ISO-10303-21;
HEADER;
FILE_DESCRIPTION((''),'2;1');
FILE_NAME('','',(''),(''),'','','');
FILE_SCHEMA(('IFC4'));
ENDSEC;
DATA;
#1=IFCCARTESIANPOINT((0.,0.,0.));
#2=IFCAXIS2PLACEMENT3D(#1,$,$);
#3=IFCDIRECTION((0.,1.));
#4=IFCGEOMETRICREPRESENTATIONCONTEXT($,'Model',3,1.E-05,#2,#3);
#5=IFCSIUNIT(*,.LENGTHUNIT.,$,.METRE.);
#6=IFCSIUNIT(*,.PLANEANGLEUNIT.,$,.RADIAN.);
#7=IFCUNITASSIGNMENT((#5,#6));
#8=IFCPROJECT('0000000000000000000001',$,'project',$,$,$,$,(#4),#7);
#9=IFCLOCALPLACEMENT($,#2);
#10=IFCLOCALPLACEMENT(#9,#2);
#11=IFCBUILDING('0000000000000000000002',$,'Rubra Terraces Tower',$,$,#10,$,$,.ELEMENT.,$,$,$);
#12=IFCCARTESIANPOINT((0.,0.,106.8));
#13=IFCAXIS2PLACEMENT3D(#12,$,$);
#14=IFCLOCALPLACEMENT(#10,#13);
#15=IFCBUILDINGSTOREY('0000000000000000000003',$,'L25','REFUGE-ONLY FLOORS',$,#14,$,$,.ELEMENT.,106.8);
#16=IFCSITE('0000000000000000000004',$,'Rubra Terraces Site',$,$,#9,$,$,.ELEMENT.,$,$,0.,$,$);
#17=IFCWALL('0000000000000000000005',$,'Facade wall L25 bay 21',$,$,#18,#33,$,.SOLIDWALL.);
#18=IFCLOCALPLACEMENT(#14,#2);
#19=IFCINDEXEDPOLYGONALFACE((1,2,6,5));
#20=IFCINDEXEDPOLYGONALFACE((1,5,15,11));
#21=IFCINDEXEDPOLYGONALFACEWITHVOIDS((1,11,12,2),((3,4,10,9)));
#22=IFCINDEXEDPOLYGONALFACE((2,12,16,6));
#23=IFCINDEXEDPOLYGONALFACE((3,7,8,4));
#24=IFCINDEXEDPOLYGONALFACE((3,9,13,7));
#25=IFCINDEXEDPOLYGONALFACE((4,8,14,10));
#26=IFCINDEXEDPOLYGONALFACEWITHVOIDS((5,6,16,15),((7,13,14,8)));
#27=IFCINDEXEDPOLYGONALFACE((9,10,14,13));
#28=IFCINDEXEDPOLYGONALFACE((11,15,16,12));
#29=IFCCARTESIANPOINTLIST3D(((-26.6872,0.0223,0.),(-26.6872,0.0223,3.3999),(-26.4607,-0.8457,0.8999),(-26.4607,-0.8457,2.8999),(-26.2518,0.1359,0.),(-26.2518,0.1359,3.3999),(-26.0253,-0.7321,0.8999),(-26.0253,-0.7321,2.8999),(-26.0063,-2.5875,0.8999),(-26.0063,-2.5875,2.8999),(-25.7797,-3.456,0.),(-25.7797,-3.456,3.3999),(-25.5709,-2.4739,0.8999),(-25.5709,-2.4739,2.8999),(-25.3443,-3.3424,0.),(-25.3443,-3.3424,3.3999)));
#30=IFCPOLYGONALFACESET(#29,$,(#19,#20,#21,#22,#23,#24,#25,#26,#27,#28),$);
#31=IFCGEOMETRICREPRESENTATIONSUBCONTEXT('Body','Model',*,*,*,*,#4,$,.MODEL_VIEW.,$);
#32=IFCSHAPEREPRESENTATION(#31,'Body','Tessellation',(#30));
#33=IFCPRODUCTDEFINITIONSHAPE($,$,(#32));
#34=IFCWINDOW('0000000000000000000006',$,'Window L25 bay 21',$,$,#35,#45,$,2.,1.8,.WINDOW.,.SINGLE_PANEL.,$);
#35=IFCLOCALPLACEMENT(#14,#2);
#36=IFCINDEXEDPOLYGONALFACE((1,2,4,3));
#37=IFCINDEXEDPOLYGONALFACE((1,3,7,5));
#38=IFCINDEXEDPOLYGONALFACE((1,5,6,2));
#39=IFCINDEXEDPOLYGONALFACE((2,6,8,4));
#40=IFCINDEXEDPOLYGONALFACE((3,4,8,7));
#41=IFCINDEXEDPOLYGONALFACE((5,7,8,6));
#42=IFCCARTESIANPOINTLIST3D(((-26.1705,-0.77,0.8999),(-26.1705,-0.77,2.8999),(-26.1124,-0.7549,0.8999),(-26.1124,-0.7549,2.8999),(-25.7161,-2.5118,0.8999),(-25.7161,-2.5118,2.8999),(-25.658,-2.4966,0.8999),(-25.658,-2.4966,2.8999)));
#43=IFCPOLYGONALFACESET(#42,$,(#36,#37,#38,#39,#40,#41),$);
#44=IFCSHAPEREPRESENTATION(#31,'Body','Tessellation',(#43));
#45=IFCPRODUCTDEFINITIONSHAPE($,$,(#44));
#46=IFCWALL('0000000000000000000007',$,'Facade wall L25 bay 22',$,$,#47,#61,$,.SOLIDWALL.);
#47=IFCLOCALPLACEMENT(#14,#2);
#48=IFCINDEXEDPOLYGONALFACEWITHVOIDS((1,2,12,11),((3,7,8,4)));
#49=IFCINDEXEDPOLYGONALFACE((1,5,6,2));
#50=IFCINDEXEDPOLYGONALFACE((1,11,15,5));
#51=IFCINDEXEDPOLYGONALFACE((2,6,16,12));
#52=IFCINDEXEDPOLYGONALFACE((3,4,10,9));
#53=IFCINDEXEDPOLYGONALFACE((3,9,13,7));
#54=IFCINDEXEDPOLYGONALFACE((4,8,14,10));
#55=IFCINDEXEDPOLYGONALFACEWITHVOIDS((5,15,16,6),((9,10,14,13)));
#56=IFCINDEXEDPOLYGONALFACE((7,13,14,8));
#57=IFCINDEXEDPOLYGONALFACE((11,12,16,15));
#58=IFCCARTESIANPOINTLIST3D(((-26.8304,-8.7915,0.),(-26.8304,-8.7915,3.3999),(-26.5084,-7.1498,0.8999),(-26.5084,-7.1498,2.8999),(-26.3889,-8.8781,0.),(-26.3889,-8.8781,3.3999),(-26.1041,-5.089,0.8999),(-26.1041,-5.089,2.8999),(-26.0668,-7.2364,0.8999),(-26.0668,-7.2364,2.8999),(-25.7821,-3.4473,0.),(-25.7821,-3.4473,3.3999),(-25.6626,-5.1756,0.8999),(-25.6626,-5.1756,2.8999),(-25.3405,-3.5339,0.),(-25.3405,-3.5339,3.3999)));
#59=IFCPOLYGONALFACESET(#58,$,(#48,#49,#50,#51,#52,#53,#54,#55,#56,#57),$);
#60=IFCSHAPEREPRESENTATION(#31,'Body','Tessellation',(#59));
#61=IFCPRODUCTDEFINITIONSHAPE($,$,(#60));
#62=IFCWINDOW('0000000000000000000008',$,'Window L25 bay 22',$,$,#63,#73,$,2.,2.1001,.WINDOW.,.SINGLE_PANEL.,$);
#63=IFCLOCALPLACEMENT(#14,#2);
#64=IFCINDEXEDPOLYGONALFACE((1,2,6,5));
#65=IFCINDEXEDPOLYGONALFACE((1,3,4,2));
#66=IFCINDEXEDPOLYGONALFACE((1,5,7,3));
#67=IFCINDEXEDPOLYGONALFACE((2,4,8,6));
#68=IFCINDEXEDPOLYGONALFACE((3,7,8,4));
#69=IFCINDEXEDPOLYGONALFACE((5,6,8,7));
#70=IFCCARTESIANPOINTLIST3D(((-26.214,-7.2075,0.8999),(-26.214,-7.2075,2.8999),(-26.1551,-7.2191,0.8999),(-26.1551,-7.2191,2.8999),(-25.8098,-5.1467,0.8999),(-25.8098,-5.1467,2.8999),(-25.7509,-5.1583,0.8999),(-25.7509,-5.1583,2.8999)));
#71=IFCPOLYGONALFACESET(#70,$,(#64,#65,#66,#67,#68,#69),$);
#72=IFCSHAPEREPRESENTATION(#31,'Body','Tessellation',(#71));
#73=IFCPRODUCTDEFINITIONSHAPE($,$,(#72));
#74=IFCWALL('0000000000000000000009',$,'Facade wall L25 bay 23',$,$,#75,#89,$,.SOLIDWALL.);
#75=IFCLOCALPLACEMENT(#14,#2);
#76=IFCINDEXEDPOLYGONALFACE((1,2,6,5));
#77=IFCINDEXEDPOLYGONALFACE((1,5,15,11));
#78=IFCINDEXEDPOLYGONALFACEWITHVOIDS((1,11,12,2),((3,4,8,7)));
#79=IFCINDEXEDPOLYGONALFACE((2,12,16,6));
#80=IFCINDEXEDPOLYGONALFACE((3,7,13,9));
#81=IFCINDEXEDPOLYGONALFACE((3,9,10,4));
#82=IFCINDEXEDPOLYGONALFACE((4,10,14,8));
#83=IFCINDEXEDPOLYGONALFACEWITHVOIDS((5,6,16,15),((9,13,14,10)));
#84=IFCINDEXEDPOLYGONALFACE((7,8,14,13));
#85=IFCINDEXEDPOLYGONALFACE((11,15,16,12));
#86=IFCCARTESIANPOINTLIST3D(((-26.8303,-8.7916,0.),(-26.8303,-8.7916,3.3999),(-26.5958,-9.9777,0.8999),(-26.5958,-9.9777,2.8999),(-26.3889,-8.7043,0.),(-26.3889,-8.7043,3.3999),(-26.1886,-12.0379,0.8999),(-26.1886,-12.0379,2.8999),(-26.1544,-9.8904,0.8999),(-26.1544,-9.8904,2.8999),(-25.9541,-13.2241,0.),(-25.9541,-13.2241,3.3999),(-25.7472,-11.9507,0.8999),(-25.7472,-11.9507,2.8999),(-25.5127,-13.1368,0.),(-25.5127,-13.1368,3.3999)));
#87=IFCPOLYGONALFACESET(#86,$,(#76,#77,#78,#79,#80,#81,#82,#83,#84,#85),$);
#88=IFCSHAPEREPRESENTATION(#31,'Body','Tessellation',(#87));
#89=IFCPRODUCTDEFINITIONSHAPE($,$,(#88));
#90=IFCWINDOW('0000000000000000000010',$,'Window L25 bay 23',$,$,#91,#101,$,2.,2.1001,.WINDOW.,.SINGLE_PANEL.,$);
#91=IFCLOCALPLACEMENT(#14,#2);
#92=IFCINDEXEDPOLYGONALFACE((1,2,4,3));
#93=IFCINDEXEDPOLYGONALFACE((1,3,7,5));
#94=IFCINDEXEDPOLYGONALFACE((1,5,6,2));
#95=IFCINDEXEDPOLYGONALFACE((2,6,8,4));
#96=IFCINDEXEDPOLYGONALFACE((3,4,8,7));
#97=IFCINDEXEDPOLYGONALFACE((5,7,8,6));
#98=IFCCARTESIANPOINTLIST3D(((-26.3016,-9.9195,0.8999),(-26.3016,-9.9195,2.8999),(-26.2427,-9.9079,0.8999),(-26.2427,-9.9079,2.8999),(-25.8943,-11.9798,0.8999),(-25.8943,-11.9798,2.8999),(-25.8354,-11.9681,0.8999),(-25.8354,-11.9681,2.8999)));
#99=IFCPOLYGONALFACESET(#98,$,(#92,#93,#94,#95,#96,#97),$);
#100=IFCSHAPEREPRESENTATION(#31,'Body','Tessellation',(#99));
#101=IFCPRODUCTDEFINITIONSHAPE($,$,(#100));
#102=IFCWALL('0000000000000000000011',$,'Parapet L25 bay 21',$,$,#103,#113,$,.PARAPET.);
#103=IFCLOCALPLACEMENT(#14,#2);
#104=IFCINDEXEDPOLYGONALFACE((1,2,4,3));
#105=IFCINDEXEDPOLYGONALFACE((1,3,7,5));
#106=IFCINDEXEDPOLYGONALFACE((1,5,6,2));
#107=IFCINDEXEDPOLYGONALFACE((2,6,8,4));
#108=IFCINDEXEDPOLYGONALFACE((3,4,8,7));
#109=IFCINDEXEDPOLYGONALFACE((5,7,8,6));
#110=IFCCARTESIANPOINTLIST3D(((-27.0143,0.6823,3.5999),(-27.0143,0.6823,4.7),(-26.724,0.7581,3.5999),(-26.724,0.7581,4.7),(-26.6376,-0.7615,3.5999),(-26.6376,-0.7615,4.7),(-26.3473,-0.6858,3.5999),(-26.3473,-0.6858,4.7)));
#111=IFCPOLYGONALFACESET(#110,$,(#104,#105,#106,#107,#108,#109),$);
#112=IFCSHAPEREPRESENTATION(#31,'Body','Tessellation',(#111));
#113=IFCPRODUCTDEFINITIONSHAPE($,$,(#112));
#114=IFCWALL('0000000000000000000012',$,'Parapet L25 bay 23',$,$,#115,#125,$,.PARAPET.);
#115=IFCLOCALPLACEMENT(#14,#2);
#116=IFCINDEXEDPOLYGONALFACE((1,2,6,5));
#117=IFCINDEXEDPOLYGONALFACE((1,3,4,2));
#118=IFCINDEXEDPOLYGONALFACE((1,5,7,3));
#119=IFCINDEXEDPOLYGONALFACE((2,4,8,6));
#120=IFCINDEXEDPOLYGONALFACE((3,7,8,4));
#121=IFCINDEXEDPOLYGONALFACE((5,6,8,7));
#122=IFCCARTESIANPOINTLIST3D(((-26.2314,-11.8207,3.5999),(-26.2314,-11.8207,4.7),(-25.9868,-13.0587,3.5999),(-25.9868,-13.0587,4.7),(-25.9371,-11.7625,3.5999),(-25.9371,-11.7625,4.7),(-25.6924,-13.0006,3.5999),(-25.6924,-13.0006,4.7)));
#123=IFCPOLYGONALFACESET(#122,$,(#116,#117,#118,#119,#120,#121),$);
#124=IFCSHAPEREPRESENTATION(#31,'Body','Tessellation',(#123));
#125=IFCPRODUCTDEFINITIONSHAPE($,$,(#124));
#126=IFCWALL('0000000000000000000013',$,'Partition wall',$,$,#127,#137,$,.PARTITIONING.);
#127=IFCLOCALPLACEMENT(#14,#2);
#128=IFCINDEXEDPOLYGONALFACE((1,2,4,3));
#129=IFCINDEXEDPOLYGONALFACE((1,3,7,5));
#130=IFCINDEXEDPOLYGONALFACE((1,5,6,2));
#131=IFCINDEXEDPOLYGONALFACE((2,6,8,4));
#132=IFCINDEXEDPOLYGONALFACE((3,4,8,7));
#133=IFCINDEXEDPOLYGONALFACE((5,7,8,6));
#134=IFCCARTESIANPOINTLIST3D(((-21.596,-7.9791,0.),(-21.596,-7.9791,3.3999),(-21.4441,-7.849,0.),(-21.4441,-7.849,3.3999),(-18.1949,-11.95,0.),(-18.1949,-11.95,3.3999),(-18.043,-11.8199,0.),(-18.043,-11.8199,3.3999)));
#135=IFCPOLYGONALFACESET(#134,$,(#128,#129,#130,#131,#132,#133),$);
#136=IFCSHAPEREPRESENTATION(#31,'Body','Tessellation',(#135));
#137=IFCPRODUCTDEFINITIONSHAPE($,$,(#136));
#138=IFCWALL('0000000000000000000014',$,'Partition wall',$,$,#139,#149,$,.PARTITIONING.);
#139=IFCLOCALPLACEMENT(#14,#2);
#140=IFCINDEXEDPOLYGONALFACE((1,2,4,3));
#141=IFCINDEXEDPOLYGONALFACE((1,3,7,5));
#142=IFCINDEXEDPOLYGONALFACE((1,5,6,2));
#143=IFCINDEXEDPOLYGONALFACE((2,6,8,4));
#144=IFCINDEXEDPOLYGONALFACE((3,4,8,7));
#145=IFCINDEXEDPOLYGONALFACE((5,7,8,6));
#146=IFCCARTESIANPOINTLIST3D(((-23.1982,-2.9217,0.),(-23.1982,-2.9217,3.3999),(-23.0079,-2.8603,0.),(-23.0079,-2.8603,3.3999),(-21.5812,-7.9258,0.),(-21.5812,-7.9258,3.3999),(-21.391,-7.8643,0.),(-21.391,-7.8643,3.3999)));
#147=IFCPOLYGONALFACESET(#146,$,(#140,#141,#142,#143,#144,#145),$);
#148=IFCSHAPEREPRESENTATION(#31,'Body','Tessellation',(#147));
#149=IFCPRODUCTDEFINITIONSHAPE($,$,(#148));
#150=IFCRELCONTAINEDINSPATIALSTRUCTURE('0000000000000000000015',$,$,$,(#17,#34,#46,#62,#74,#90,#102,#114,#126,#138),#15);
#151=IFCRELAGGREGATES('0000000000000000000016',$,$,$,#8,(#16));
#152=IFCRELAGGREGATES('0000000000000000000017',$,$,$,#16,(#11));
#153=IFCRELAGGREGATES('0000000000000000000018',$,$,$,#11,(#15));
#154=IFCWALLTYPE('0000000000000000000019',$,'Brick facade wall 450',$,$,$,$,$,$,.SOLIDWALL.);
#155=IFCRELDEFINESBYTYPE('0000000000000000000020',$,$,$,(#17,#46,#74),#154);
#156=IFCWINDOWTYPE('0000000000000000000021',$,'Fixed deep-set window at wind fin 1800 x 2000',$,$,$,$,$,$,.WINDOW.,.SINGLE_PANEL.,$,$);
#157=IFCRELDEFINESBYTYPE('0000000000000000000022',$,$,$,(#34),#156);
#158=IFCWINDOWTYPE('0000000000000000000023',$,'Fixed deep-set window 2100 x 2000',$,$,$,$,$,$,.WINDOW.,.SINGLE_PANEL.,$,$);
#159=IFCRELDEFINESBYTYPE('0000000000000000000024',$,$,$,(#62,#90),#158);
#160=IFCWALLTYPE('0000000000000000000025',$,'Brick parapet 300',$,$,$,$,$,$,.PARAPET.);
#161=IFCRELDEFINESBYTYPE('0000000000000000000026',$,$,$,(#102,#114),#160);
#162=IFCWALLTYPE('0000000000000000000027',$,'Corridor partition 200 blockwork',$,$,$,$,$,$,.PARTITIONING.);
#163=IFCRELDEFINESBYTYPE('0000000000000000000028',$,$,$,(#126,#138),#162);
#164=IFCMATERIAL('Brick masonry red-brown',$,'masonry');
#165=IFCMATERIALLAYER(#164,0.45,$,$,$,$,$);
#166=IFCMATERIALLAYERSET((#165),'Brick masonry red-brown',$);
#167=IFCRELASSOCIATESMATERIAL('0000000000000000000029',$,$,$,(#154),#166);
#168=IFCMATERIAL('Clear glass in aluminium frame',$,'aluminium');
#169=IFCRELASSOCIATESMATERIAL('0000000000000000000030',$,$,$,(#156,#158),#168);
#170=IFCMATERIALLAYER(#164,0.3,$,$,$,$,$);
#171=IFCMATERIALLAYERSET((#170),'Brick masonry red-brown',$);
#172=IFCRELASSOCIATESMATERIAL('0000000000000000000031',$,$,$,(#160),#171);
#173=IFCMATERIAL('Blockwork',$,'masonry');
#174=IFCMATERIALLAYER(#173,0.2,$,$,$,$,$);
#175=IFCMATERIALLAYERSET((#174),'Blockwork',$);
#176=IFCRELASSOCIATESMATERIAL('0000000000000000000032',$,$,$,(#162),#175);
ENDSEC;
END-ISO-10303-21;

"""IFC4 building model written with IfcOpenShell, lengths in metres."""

from ifc_helpers import new_model, si_unit, direction, frame, frame_2d, origin, place, context, subcontext, project, spatial, rectangle, extrude, material, layer, layer_set, type_object, element, fill, save


model = new_model("IFC4")

# Units and contexts
model_context = context("Model", 3, precision=1e-05, world=origin(), true_north=direction((0.0, 1.0)))
body_context = subcontext(model_context, "Body", "Model", "MODEL_VIEW")
ifc_project = project(units=[si_unit("LENGTHUNIT", "METRE"), si_unit("PLANEANGLEUNIT", "RADIAN")], contexts=[model_context])

# Site, building, storey
site_placement = place(None, origin())
site = spatial("IfcSite", under=ifc_project, at=site_placement, Name="Rubra Terraces Site", CompositionType="ELEMENT", RefElevation=0.0)
building_placement = place(site_placement, origin())
building = spatial("IfcBuilding", under=site, at=building_placement, Name="Rubra Terraces Tower", CompositionType="ELEMENT")
storey_placement = place(building_placement, frame((0.0, 0.0, 106.8)))
storey = spatial("IfcBuildingStorey", under=building, at=storey_placement, Name="L25", Description="REFUGE-ONLY FLOORS", CompositionType="ELEMENT", Elevation=106.8)

# Walls, openings, windows
ifc_material_1 = material(Name="Brick masonry red-brown", Category="masonry")
ifc_layer_1 = layer(ifc_material_1, 0.45)
ifc_layer_set_1 = layer_set([ifc_layer_1], Name="Brick masonry red-brown")
wall_type_1 = type_object("IfcWallType", Name="Brick facade wall 450", PredefinedType="SOLIDWALL", material=ifc_layer_set_1)
wall_1_placement = place(storey_placement, frame((-26.4695, 0.0791, 0.0), z_axis=(0.0, 0.0, 1.0), x_axis=(0.252447, -0.967611, 0.0)))
wall_1 = element("IfcWall", 1, at=wall_1_placement, inside=storey, type_object=wall_type_1, Name="Facade wall L25 bay 21", PredefinedType="SOLIDWALL", context=body_context, shape_type="SweptSolid", body=[
    extrude(rectangle(XDim=3.5947, YDim=0.45, at=frame_2d((1.7974, 0.0))), origin(), (0.0, 0.0, 1.0), 3.3999),
])
opening_1_placement = place(wall_1_placement, frame((0.8972, 0.0, 0.8999)))
opening_1 = element("IfcOpeningElement", 2, at=opening_1_placement, cuts=wall_1, PredefinedType="OPENING", context=body_context, shape_type="SweptSolid", body=[
    extrude(rectangle(XDim=1.8, YDim=2.0, at=frame_2d((0.8999, 1.0))), frame((0.0, 0.2349, 0.0), z_axis=(0.0, -1.0, 0.0), x_axis=(1.0, 0.0, 0.0)), (0.0, 0.0, 1.0), 0.47),
])
ifc_material_2 = material(Name="Clear glass in aluminium frame", Category="aluminium")
window_type_1 = type_object("IfcWindowType", Name="Fixed deep-set window at wind fin 1800 x 2000", PartitioningType="SINGLE_PANEL", PredefinedType="WINDOW", material=ifc_material_2)
window_1_placement = place(opening_1_placement, origin())
window_1 = element("IfcWindow", 3, at=window_1_placement, inside=storey, type_object=window_type_1, Name="Window L25 bay 21", OverallHeight=2.0, OverallWidth=1.8, PartitioningType="SINGLE_PANEL", PredefinedType="WINDOW", context=body_context, shape_type="SweptSolid", body=[
    extrude(rectangle(XDim=1.8, YDim=2.0, at=frame_2d((0.8999, 1.0))), frame((0.0, 0.135, 0.0), z_axis=(0.0, -1.0, 0.0), x_axis=(1.0, 0.0, 0.0)), (0.0, 0.0, 1.0), 0.0601),
])
fill(opening_1, window_1)
wall_2_placement = place(storey_placement, frame((-25.5613, -3.4905, 0.0), z_axis=(0.0, 0.0, 1.0), x_axis=(-0.192494, -0.981298, 0.0)))
wall_2 = element("IfcWall", 4, at=wall_2_placement, inside=storey, type_object=wall_type_1, Name="Facade wall L25 bay 22", PredefinedType="SOLIDWALL", context=body_context, shape_type="SweptSolid", body=[
    extrude(rectangle(XDim=5.446, YDim=0.45, at=frame_2d((2.7231, 0.0))), origin(), (0.0, 0.0, 1.0), 3.3999),
])
opening_2_placement = place(wall_2_placement, frame((1.6731, 0.0, 0.8999)))
opening_2 = element("IfcOpeningElement", 5, at=opening_2_placement, cuts=wall_2, PredefinedType="OPENING", context=body_context, shape_type="SweptSolid", body=[
    extrude(rectangle(XDim=2.1001, YDim=2.0, at=frame_2d((1.05, 1.0))), frame((0.0, 0.2349, 0.0), z_axis=(0.0, -1.0, 0.0), x_axis=(1.0, 0.0, 0.0)), (0.0, 0.0, 1.0), 0.47),
])
window_type_2 = type_object("IfcWindowType", Name="Fixed deep-set window 2100 x 2000", PartitioningType="SINGLE_PANEL", PredefinedType="WINDOW", material=ifc_material_2)
window_2_placement = place(opening_2_placement, origin())
window_2 = element("IfcWindow", 6, at=window_2_placement, inside=storey, type_object=window_type_2, Name="Window L25 bay 22", OverallHeight=2.0, OverallWidth=2.1001, PartitioningType="SINGLE_PANEL", PredefinedType="WINDOW", context=body_context, shape_type="SweptSolid", body=[
    extrude(rectangle(XDim=2.1001, YDim=2.0, at=frame_2d((1.05, 1.0))), frame((0.0, 0.135, 0.0), z_axis=(0.0, -1.0, 0.0), x_axis=(1.0, 0.0, 0.0)), (0.0, 0.0, 1.0), 0.0601),
])
fill(opening_2, window_2)
wall_3_placement = place(storey_placement, frame((-26.6096, -8.7478, 0.0), z_axis=(0.0, 0.0, 1.0), x_axis=(0.193923, -0.981017, 0.0)))
wall_3 = element("IfcWall", 7, at=wall_3_placement, inside=storey, type_object=wall_type_1, Name="Facade wall L25 bay 23", PredefinedType="SOLIDWALL", context=body_context, shape_type="SweptSolid", body=[
    extrude(rectangle(XDim=4.5183, YDim=0.45, at=frame_2d((2.2593, 0.0))), origin(), (0.0, 0.0, 1.0), 3.3999),
])
opening_3_placement = place(wall_3_placement, frame((1.2092, 0.0, 0.8999)))
opening_3 = element("IfcOpeningElement", 8, at=opening_3_placement, cuts=wall_3, PredefinedType="OPENING", context=body_context, shape_type="SweptSolid", body=[
    extrude(rectangle(XDim=2.1001, YDim=2.0, at=frame_2d((1.05, 1.0))), frame((0.0, 0.2349, 0.0), z_axis=(0.0, -1.0, 0.0), x_axis=(1.0, 0.0, 0.0)), (0.0, 0.0, 1.0), 0.47),
])
window_3_placement = place(opening_3_placement, origin())
window_3 = element("IfcWindow", 9, at=window_3_placement, inside=storey, type_object=window_type_2, Name="Window L25 bay 23", OverallHeight=2.0, OverallWidth=2.1001, PartitioningType="SINGLE_PANEL", PredefinedType="WINDOW", context=body_context, shape_type="SweptSolid", body=[
    extrude(rectangle(XDim=2.1001, YDim=2.0, at=frame_2d((1.05, 1.0))), frame((0.0, 0.135, 0.0), z_axis=(0.0, -1.0, 0.0), x_axis=(1.0, 0.0, 0.0)), (0.0, 0.0, 1.0), 0.0601),
])
fill(opening_3, window_3)

# Walls
ifc_layer_2 = layer(ifc_material_1, 0.3)
ifc_layer_set_2 = layer_set([ifc_layer_2], Name="Brick masonry red-brown")
wall_type_2 = type_object("IfcWallType", Name="Brick parapet 300", PredefinedType="PARAPET", material=ifc_layer_set_2)
wall_4_placement = place(storey_placement, frame((-26.8691, 0.7202, 3.5999), z_axis=(0.0, 0.0, 1.0), x_axis=(0.252455, -0.967609, 0.0)))
element("IfcWall", 10, at=wall_4_placement, inside=storey, type_object=wall_type_2, Name="Parapet L25 bay 21", PredefinedType="PARAPET", context=body_context, shape_type="SweptSolid", body=[
    extrude(rectangle(XDim=1.4922, YDim=0.3, at=frame_2d((0.7461, 0.0))), origin(), (0.0, 0.0, 1.0), 1.1001),
])
wall_5_placement = place(storey_placement, frame((-26.0842, -11.7917, 3.5999), z_axis=(0.0, 0.0, 1.0), x_axis=(0.193846, -0.981032, 0.0)))
element("IfcWall", 11, at=wall_5_placement, inside=storey, type_object=wall_type_2, Name="Parapet L25 bay 23", PredefinedType="PARAPET", context=body_context, shape_type="SweptSolid", body=[
    extrude(rectangle(XDim=1.262, YDim=0.3, at=frame_2d((0.6309, 0.0))), origin(), (0.0, 0.0, 1.0), 1.1001),
])
ifc_material_3 = material(Name="Blockwork", Category="masonry")
ifc_layer_3 = layer(ifc_material_3, 0.2)
ifc_layer_set_3 = layer_set([ifc_layer_3], Name="Blockwork")
wall_type_3 = type_object("IfcWallType", Name="Corridor partition 200 blockwork", PredefinedType="PARTITIONING", material=ifc_layer_set_3)
wall_6_placement = place(storey_placement, frame((-18.1189, -11.885, 0.0), z_axis=(0.0, 0.0, 1.0), x_axis=(-0.650511, 0.759497, 0.0)))
element("IfcWall", 12, at=wall_6_placement, inside=storey, type_object=wall_type_3, Name="Partition wall", PredefinedType="PARTITIONING", context=body_context, shape_type="SweptSolid", body=[
    extrude(rectangle(XDim=5.2283, YDim=0.2, at=frame_2d((2.6143, 0.0))), origin(), (0.0, 0.0, 1.0), 3.3999),
])
wall_7_placement = place(storey_placement, frame((-21.4861, -7.895, 0.0), z_axis=(0.0, 0.0, 1.0), x_axis=(-0.307482, 0.951554, 0.0)))
element("IfcWall", 13, at=wall_7_placement, inside=storey, type_object=wall_type_3, Name="Partition wall", PredefinedType="PARTITIONING", context=body_context, shape_type="SweptSolid", body=[
    extrude(rectangle(XDim=5.2588, YDim=0.2, at=frame_2d((2.6294, 0.0))), origin(), (0.0, 0.0, 1.0), 3.3999),
])

save(model, "model.ifc")
